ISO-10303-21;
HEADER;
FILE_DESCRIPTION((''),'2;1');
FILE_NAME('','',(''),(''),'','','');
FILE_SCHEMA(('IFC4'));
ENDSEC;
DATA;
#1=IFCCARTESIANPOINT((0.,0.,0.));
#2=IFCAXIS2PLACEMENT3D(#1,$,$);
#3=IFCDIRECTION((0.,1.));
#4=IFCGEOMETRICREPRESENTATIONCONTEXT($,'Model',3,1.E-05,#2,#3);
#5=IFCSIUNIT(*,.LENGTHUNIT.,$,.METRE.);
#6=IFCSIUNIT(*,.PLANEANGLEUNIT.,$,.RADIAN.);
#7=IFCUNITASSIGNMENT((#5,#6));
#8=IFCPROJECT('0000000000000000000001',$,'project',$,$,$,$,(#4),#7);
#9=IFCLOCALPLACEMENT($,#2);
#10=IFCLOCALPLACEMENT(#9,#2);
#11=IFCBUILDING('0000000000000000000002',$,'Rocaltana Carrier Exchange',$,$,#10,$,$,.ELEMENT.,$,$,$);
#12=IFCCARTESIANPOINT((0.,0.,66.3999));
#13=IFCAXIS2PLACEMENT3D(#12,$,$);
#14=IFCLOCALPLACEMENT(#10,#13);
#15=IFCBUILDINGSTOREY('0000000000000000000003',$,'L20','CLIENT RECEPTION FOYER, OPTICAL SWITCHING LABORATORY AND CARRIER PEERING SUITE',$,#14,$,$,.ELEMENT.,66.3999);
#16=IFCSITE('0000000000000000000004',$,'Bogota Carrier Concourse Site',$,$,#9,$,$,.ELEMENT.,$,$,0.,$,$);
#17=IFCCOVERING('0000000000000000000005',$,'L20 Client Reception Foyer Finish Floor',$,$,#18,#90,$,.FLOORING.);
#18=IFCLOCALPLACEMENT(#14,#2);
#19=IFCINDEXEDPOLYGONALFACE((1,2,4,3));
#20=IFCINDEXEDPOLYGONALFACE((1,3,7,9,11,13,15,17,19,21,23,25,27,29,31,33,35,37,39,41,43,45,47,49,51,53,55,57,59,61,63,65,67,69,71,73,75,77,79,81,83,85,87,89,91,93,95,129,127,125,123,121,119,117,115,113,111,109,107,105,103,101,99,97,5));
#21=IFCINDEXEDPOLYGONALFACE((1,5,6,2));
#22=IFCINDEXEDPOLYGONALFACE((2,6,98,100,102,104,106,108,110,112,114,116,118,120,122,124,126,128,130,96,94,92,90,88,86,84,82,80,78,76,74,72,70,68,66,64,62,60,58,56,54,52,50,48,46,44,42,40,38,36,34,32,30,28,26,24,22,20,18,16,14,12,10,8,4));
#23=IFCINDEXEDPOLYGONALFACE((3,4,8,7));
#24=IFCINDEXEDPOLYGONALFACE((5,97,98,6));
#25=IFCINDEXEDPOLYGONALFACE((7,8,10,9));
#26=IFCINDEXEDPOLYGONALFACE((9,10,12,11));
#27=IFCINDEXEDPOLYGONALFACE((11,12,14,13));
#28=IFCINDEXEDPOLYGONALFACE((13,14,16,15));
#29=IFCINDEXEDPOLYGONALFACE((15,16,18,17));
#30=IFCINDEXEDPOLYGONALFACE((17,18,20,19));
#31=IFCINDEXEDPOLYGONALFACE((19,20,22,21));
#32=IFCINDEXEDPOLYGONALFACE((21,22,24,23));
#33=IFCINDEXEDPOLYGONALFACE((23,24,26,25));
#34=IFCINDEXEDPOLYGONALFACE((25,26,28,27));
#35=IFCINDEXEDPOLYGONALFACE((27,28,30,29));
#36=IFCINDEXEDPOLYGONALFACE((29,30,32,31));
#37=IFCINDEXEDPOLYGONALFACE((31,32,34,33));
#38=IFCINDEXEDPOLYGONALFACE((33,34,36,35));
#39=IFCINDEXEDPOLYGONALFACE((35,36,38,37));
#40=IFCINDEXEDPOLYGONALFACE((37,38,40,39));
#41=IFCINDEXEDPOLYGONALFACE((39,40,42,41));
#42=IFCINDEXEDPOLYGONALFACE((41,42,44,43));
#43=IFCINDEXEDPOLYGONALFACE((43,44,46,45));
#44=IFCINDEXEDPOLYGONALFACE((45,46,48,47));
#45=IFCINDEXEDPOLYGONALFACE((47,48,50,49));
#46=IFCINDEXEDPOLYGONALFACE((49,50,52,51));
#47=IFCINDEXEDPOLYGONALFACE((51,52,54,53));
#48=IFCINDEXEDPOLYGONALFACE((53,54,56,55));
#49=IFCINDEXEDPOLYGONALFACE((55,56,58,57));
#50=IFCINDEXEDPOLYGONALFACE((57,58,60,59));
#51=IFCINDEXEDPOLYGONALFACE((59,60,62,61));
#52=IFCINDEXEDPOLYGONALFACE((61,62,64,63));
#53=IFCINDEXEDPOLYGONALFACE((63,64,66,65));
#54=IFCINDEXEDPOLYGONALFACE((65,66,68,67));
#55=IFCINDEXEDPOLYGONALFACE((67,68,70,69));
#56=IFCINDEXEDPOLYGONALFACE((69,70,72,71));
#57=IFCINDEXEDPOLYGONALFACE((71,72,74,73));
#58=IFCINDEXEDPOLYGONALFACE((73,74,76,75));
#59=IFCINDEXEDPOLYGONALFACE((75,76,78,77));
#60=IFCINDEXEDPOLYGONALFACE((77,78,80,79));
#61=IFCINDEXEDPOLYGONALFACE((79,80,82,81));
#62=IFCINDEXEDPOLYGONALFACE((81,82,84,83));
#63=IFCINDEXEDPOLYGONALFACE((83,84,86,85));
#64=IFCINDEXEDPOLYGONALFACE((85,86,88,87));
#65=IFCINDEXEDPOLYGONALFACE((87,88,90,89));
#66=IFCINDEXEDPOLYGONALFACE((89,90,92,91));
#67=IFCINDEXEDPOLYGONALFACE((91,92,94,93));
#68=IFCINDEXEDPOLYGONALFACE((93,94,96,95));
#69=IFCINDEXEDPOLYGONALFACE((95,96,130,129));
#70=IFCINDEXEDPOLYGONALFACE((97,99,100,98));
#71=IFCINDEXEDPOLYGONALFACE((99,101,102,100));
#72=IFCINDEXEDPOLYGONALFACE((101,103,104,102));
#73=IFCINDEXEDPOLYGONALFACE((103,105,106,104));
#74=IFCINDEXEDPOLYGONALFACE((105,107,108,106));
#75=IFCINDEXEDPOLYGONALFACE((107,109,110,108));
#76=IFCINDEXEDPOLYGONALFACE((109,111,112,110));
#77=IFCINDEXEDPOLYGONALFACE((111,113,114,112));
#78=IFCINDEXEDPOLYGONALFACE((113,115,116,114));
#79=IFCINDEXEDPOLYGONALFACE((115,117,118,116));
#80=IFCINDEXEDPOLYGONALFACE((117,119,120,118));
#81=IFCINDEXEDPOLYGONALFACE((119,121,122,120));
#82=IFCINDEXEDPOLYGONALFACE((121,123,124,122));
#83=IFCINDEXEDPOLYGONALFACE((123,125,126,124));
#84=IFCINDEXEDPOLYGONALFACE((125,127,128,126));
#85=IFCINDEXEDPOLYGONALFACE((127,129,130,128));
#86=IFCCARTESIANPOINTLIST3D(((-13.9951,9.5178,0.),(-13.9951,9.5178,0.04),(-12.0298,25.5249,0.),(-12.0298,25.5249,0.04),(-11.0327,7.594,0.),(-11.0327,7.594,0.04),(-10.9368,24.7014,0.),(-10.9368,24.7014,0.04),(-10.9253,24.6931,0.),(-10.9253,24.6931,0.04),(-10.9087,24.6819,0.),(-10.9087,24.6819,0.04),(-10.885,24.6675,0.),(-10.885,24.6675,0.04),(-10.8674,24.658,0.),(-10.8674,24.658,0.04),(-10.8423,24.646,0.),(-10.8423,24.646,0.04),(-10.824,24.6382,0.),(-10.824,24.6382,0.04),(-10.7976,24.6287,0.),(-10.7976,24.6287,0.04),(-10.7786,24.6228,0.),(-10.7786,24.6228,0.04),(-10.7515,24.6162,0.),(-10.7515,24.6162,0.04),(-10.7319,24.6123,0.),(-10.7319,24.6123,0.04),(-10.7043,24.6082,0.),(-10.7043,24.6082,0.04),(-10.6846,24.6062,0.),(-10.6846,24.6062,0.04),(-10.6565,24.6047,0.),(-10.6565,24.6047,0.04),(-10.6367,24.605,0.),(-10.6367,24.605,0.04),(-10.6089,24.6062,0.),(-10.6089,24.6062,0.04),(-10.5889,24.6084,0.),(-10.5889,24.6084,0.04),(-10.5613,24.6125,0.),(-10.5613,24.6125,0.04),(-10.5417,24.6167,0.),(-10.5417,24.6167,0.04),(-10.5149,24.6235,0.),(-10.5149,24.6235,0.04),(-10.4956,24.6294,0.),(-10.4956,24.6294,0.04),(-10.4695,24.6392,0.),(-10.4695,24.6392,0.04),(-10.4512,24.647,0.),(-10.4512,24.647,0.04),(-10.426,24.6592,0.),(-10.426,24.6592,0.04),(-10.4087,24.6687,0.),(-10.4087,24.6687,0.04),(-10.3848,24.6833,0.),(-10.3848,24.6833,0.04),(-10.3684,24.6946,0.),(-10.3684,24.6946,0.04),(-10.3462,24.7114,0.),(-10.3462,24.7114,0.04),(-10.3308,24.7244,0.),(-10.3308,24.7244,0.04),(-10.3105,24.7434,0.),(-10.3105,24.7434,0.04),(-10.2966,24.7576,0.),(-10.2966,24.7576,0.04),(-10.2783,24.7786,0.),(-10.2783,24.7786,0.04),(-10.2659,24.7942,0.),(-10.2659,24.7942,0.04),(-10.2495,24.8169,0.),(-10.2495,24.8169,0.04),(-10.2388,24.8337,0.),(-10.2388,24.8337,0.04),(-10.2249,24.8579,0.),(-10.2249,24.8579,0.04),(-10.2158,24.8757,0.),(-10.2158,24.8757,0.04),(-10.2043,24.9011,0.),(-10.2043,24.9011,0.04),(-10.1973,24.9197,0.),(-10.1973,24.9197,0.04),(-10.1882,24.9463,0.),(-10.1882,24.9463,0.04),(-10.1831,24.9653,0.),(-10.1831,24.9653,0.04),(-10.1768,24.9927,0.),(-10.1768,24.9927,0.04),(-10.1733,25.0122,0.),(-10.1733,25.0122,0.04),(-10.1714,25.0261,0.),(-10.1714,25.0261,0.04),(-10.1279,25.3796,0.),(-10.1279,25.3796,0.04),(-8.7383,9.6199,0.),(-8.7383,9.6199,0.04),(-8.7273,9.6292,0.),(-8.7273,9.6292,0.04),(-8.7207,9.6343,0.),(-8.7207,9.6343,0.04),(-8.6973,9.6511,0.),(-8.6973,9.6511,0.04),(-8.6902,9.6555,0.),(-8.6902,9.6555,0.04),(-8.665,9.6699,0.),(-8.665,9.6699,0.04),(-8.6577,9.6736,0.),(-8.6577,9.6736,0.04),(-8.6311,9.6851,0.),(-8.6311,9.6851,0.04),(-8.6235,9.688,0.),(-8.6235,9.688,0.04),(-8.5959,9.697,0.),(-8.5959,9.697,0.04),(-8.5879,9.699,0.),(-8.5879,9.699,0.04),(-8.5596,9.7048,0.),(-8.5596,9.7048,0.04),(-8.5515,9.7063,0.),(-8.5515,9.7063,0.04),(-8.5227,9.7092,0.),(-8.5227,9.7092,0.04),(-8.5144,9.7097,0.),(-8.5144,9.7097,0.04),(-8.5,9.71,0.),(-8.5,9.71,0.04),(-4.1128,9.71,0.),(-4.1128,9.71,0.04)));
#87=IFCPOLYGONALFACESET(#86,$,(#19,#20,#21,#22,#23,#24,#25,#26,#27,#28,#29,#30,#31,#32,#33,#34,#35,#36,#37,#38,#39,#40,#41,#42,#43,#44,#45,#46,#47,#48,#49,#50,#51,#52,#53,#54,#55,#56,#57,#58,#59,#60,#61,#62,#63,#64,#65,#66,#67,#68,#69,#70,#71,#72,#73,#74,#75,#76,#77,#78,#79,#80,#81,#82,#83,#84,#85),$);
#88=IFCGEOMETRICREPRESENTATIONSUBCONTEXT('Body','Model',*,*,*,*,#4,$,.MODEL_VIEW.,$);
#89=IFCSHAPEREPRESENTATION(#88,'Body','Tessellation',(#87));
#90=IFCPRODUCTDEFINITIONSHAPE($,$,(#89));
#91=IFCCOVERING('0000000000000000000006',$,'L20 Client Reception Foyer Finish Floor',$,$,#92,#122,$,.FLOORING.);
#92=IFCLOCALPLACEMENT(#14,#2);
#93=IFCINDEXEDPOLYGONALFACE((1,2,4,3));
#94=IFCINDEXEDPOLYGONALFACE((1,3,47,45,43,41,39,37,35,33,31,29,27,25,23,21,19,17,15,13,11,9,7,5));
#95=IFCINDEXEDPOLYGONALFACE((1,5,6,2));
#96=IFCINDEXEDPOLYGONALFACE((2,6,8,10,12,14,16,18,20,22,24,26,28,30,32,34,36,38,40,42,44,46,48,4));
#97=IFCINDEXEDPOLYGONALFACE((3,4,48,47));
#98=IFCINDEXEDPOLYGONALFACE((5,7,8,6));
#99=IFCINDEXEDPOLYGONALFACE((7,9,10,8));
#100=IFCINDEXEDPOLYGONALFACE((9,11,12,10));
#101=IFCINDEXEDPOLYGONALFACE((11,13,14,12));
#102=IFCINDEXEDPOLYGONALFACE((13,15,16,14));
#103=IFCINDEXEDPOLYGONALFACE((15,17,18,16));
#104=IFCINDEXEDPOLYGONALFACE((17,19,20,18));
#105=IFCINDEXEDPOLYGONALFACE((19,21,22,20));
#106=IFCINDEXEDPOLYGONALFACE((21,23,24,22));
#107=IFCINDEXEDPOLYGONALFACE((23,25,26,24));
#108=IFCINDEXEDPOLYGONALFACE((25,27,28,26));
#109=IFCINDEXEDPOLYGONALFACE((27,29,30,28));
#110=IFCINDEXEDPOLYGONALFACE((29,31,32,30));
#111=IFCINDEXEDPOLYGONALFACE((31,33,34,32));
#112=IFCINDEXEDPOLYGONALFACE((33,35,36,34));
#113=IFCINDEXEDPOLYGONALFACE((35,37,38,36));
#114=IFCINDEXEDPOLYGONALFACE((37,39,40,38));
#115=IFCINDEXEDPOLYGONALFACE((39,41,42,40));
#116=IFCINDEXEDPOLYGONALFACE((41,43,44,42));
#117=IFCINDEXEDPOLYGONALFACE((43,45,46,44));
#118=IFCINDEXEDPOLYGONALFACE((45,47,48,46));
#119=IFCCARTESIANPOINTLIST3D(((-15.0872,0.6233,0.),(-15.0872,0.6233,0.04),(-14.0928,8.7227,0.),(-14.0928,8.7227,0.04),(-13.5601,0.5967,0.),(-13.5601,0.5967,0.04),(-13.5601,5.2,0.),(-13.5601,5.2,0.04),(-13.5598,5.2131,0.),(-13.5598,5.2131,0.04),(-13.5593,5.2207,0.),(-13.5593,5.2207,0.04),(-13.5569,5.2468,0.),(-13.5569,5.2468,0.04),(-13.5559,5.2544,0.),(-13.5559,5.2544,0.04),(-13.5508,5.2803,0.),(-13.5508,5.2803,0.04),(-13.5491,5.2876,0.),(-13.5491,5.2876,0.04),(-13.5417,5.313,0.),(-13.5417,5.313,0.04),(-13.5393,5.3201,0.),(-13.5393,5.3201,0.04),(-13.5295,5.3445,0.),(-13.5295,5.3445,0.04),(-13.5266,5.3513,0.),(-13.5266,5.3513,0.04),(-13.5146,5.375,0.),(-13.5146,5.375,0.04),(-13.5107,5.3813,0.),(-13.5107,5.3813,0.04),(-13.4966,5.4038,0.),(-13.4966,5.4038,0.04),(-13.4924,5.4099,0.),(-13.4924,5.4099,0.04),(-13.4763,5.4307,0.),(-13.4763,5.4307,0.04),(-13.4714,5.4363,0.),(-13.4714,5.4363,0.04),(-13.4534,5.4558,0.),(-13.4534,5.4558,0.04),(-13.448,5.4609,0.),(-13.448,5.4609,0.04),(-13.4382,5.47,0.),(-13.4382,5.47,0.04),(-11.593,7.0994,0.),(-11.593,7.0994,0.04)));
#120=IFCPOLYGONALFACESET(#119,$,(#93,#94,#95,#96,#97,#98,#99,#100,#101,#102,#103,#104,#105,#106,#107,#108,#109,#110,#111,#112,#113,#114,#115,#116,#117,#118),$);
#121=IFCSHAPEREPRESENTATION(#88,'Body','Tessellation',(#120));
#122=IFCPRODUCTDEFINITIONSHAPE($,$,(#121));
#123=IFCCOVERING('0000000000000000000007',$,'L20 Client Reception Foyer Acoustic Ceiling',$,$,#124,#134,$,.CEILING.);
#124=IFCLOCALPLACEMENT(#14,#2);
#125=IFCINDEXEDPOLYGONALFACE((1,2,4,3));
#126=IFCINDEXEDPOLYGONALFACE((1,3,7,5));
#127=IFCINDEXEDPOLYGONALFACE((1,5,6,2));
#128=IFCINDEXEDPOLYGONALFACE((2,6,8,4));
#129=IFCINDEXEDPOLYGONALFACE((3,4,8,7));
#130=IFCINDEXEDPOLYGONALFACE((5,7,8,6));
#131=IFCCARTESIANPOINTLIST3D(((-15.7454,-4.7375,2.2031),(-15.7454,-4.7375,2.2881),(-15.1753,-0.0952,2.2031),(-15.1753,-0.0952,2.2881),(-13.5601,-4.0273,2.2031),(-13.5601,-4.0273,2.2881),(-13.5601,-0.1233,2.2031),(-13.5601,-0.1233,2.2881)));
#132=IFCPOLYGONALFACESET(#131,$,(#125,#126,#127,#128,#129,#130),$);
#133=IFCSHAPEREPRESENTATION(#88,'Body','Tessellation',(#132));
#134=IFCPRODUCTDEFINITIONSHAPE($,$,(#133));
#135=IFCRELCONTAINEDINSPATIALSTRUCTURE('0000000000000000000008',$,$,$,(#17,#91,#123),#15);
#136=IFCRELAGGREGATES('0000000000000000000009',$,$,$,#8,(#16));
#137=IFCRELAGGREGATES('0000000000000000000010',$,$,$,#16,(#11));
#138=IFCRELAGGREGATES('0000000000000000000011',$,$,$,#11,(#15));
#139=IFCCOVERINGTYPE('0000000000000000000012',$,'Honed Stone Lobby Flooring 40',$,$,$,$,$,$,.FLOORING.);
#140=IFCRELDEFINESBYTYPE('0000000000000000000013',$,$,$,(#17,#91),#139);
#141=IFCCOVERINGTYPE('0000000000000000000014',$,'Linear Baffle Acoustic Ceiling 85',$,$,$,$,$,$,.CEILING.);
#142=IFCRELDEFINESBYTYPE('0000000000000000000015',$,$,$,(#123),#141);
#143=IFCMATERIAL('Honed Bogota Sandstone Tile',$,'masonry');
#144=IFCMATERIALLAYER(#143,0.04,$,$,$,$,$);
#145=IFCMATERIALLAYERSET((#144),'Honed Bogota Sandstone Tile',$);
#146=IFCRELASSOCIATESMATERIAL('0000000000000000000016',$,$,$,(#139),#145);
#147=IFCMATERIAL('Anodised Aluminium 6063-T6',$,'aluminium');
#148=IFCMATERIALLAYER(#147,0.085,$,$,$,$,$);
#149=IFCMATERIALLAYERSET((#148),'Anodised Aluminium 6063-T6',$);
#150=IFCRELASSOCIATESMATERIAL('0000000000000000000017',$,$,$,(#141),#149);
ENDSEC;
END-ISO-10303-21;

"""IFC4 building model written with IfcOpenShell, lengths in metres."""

from ifc_helpers import new_model, si_unit, direction, frame, origin, place, context, subcontext, project, spatial, polyline, outline, extrude, material, layer, layer_set, type_object, element, save


model = new_model("IFC4")

# Units and contexts
model_context = context("Model", 3, precision=1e-05, world=origin(), true_north=direction((0.0, 1.0)))
body_context = subcontext(model_context, "Body", "Model", "MODEL_VIEW")
ifc_project = project(units=[si_unit("LENGTHUNIT", "METRE"), si_unit("PLANEANGLEUNIT", "RADIAN")], contexts=[model_context])

# Site, building, storey
site_placement = place(None, origin())
site = spatial("IfcSite", under=ifc_project, at=site_placement, Name="Bogota Carrier Concourse Site", CompositionType="ELEMENT", RefElevation=0.0)
building_placement = place(site_placement, origin())
building = spatial("IfcBuilding", under=site, at=building_placement, Name="Rocaltana Carrier Exchange", CompositionType="ELEMENT")
storey_placement = place(building_placement, frame((0.0, 0.0, 66.3999)))
storey = spatial("IfcBuildingStorey", under=building, at=storey_placement, Name="L20", Description="CLIENT RECEPTION FOYER, OPTICAL SWITCHING LABORATORY AND CARRIER PEERING SUITE", CompositionType="ELEMENT", Elevation=66.3999)

# Coverings
ifc_material_1 = material(Name="Honed Bogota Sandstone Tile", Category="masonry")
ifc_layer_1 = layer(ifc_material_1, 0.04)
ifc_layer_set_1 = layer_set([ifc_layer_1], Name="Honed Bogota Sandstone Tile")
covering_type_1 = type_object("IfcCoveringType", Name="Honed Stone Lobby Flooring 40", PredefinedType="FLOORING", material=ifc_layer_set_1)
covering_1_placement = place(storey_placement, origin())
element("IfcCovering", 1, at=covering_1_placement, inside=storey, type_object=covering_type_1, Name="L20 Client Reception Foyer Finish Floor", PredefinedType="FLOORING", context=body_context, shape_type="SweptSolid", body=[
    extrude(outline(polyline([(-12.0298, 25.5249), (-10.9368, 24.7014), (-10.9253, 24.6931), (-10.9087, 24.6819), (-10.885, 24.6675), (-10.8674, 24.658), (-10.8423, 24.646), (-10.824, 24.6382), (-10.7976, 24.6287), (-10.7786, 24.6228), (-10.7515, 24.6162), (-10.7319, 24.6123), (-10.7043, 24.6082), (-10.6846, 24.6062), (-10.6565, 24.6047), (-10.6367, 24.605), (-10.6089, 24.6062), (-10.5889, 24.6084), (-10.5613, 24.6125), (-10.5417, 24.6167), (-10.5149, 24.6235), (-10.4956, 24.6294), (-10.4695, 24.6392), (-10.4512, 24.647), (-10.426, 24.6592), (-10.4087, 24.6687), (-10.3848, 24.6833), (-10.3684, 24.6946), (-10.3462, 24.7114), (-10.3308, 24.7244), (-10.3105, 24.7434), (-10.2966, 24.7576), (-10.2783, 24.7786), (-10.2659, 24.7942), (-10.2495, 24.8169), (-10.2388, 24.8337), (-10.2249, 24.8579), (-10.2158, 24.8757), (-10.2043, 24.9011), (-10.1973, 24.9197), (-10.1882, 24.9463), (-10.1831, 24.9653), (-10.1768, 24.9927), (-10.1733, 25.0122), (-10.1714, 25.0261), (-10.1279, 25.3796), (-4.1128, 9.71), (-8.5, 9.71), (-8.5144, 9.7097), (-8.5227, 9.7092), (-8.5515, 9.7063), (-8.5596, 9.7048), (-8.5879, 9.699), (-8.5959, 9.697), (-8.6235, 9.688), (-8.6311, 9.6851), (-8.6577, 9.6736), (-8.665, 9.6699), (-8.6902, 9.6555), (-8.6973, 9.6511), (-8.7207, 9.6343), (-8.7273, 9.6292), (-8.7383, 9.6199), (-11.0327, 7.594), (-13.9951, 9.5178), (-12.0298, 25.5249)])), origin(), (0.0, 0.0, 1.0), 0.04),
])
covering_2_placement = place(storey_placement, origin())
element("IfcCovering", 2, at=covering_2_placement, inside=storey, type_object=covering_type_1, Name="L20 Client Reception Foyer Finish Floor", PredefinedType="FLOORING", context=body_context, shape_type="SweptSolid", body=[
    extrude(outline(polyline([(-14.0928, 8.7227), (-11.593, 7.0994), (-13.4382, 5.47), (-13.448, 5.4609), (-13.4534, 5.4558), (-13.4714, 5.4363), (-13.4763, 5.4307), (-13.4924, 5.4099), (-13.4966, 5.4038), (-13.5107, 5.3813), (-13.5146, 5.375), (-13.5266, 5.3513), (-13.5295, 5.3445), (-13.5393, 5.3201), (-13.5417, 5.313), (-13.5491, 5.2876), (-13.5508, 5.2803), (-13.5559, 5.2544), (-13.5569, 5.2468), (-13.5593, 5.2207), (-13.5598, 5.2131), (-13.5601, 5.2), (-13.5601, 0.5967), (-15.0872, 0.6233), (-14.0928, 8.7227)])), origin(), (0.0, 0.0, 1.0), 0.04),
])
ifc_material_2 = material(Name="Anodised Aluminium 6063-T6", Category="aluminium")
ifc_layer_2 = layer(ifc_material_2, 0.085)
ifc_layer_set_2 = layer_set([ifc_layer_2], Name="Anodised Aluminium 6063-T6")
covering_type_2 = type_object("IfcCoveringType", Name="Linear Baffle Acoustic Ceiling 85", PredefinedType="CEILING", material=ifc_layer_set_2)
covering_3_placement = place(storey_placement, frame((0.0, 0.0, 2.2031)))
element("IfcCovering", 3, at=covering_3_placement, inside=storey, type_object=covering_type_2, Name="L20 Client Reception Foyer Acoustic Ceiling", PredefinedType="CEILING", context=body_context, shape_type="SweptSolid", body=[
    extrude(outline(polyline([(-15.1753, -0.0952), (-13.5601, -0.1233), (-13.5601, -4.0273), (-15.7454, -4.7375), (-15.1753, -0.0952)])), origin(), (0.0, 0.0, 1.0), 0.085),
])

save(model, "model.ifc")
